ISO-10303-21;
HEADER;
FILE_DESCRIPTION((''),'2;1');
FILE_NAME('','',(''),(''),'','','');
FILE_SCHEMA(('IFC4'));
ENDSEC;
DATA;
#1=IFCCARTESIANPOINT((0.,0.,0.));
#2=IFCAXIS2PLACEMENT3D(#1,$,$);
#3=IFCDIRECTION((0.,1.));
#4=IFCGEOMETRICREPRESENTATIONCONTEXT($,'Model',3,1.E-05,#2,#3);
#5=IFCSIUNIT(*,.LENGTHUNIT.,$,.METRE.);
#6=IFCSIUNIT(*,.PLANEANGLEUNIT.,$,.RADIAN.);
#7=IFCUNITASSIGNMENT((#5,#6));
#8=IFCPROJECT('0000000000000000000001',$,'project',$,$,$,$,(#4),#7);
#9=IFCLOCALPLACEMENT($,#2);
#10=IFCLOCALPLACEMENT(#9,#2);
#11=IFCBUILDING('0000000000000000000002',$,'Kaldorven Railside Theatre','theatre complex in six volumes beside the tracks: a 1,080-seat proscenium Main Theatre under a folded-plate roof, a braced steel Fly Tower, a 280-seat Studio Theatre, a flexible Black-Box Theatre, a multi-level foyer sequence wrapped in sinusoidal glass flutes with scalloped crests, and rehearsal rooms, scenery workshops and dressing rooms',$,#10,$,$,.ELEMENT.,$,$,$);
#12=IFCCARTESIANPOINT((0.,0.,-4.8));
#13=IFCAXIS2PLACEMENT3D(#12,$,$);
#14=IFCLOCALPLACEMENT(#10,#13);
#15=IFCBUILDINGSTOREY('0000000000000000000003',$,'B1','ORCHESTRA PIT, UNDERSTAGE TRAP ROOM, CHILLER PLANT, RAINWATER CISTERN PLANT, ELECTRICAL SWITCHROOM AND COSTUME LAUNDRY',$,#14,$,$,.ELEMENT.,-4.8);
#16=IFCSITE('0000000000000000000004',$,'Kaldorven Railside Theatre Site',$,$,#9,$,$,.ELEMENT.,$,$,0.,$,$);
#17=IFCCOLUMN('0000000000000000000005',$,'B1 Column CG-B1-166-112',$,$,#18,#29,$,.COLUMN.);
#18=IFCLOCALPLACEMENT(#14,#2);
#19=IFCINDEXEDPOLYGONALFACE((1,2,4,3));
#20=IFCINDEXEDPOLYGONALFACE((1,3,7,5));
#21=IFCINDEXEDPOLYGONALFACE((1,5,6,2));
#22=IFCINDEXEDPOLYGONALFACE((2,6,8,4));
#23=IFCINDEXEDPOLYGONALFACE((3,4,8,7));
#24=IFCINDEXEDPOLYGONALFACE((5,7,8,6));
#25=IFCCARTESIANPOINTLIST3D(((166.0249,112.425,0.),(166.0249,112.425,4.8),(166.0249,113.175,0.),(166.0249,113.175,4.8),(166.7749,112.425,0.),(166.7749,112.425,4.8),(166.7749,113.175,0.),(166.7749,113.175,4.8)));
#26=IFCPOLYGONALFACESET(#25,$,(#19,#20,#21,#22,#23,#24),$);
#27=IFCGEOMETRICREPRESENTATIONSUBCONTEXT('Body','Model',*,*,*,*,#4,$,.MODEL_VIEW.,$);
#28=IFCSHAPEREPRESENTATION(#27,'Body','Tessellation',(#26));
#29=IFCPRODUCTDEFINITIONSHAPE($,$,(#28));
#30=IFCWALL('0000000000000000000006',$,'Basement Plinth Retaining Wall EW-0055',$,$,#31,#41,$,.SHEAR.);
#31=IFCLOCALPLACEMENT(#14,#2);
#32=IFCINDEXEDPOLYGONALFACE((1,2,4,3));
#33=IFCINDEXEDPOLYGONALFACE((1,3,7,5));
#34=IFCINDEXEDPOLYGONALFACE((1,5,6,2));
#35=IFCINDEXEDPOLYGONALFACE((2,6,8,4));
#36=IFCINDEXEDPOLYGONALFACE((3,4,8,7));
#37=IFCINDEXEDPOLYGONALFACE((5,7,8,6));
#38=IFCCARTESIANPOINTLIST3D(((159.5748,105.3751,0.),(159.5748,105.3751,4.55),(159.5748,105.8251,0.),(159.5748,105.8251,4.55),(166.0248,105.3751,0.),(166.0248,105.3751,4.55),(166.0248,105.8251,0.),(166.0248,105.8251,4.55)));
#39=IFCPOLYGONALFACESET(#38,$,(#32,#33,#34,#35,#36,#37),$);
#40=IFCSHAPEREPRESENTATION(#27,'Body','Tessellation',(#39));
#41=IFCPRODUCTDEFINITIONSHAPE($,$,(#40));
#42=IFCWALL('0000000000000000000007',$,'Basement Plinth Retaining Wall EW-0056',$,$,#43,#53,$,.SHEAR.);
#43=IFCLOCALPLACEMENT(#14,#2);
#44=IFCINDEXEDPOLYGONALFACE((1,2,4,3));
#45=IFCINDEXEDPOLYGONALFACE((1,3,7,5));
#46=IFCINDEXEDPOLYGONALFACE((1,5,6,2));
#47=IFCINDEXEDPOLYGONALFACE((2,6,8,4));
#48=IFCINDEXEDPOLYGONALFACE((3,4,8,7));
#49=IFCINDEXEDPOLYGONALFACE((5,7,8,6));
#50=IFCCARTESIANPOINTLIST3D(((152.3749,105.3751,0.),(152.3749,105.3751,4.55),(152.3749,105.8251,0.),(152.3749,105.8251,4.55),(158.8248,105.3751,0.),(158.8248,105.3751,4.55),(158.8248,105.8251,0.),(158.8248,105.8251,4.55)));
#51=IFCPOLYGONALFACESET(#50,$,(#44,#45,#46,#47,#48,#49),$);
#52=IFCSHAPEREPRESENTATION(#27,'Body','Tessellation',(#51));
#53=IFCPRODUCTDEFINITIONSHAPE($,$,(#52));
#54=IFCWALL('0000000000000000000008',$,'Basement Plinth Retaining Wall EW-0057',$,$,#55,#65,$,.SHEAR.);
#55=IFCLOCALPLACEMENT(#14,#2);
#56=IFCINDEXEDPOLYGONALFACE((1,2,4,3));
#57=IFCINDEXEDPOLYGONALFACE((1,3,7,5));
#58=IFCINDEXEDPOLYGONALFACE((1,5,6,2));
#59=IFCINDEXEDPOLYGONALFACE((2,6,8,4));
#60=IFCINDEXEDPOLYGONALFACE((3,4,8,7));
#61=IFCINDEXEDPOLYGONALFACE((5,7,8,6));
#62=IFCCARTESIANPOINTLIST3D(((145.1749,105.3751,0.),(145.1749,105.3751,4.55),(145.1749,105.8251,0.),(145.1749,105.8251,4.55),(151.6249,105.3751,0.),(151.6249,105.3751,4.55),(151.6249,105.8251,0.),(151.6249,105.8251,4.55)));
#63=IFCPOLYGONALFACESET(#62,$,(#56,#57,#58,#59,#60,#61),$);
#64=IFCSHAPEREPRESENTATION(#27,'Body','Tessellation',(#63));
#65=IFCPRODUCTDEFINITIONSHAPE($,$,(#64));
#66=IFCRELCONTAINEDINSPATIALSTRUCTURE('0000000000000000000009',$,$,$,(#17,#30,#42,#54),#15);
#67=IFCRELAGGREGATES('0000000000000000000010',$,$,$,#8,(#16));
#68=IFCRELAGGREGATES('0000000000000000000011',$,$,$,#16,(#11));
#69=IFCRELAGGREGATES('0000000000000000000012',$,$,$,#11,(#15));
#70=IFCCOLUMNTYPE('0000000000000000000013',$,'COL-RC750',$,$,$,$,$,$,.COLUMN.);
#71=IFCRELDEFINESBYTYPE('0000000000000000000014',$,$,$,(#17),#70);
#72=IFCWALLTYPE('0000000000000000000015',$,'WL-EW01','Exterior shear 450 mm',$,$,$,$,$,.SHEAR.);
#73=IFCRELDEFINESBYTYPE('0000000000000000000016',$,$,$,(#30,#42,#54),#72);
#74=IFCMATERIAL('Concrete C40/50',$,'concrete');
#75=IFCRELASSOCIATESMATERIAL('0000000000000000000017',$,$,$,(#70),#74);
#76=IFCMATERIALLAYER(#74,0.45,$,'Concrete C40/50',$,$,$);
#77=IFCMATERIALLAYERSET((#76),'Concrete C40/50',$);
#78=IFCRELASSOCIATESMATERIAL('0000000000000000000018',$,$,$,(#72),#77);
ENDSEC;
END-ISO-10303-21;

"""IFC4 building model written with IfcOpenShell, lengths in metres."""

from ifc_helpers import new_model, si_unit, direction, frame, frame_2d, origin, origin_2d, place, context, subcontext, project, spatial, rectangle, extrude, material, layer, layer_set, material_profile, profile_set, type_object, element, save


model = new_model("IFC4")

# Units and contexts
model_context = context("Model", 3, precision=1e-05, world=origin(), true_north=direction((0.0, 1.0)))
body_context = subcontext(model_context, "Body", "Model", "MODEL_VIEW")
ifc_project = project(units=[si_unit("LENGTHUNIT", "METRE"), si_unit("PLANEANGLEUNIT", "RADIAN")], contexts=[model_context])

# Site, building, storey
site_placement = place(None, origin())
site = spatial("IfcSite", under=ifc_project, at=site_placement, Name="Kaldorven Railside Theatre Site", CompositionType="ELEMENT", RefElevation=0.0)
building_placement = place(site_placement, origin())
building = spatial("IfcBuilding", under=site, at=building_placement, Name="Kaldorven Railside Theatre", Description="theatre complex in six volumes beside the tracks: a 1,080-seat proscenium Main Theatre under a folded-plate roof, a braced steel Fly Tower, a 280-seat Studio Theatre, a flexible Black-Box Theatre, a multi-level foyer sequence wrapped in sinusoidal glass flutes with scalloped crests, and rehearsal rooms, scenery workshops and dressing rooms", CompositionType="ELEMENT")
storey_placement = place(building_placement, frame((0.0, 0.0, -4.8)))
storey = spatial("IfcBuildingStorey", under=building, at=storey_placement, Name="B1", Description="ORCHESTRA PIT, UNDERSTAGE TRAP ROOM, CHILLER PLANT, RAINWATER CISTERN PLANT, ELECTRICAL SWITCHROOM AND COSTUME LAUNDRY", CompositionType="ELEMENT", Elevation=-4.8)

# Shared definitions
ifc_material_1 = material(Name="Concrete C40/50", Category="concrete")

# Column
ifc_material_profile_1 = material_profile(ifc_material_1, rectangle(XDim=0.75, YDim=0.75, at=origin_2d()), Name="RC 750x750")
ifc_profile_set_1 = profile_set([ifc_material_profile_1], Name="Concrete C40/50")
column_type_1 = type_object("IfcColumnType", Name="COL-RC750", PredefinedType="COLUMN", material=ifc_profile_set_1)
for number, where, z_axis, x_axis, name in (
    (1, (166.3999, 112.8, 0.0), (0.0, 0.0, 1.0), (0.0, 1.0, 0.0), "B1 Column CG-B1-166-112"),
):
    element("IfcColumn", number, at=place(storey_placement, frame(where, z_axis=z_axis, x_axis=x_axis)), inside=storey, type_object=column_type_1, Name=name, PredefinedType="COLUMN", context=body_context, shape_type="SweptSolid", body=[
        extrude(rectangle(XDim=0.75, YDim=0.75, at=origin_2d()), origin(), (0.0, 0.0, 1.0), 4.8),
    ])

# Walls
ifc_layer = layer(ifc_material_1, 0.45, Name="Concrete C40/50")
ifc_layer_set = layer_set([ifc_layer], Name="Concrete C40/50")
wall_type = type_object("IfcWallType", Name="WL-EW01", Description="Exterior shear 450 mm", PredefinedType="SHEAR", material=ifc_layer_set)
for number, where, z_axis, x_axis, name in (
    (2, (166.0249, 105.6001, 0.0), (0.0, 0.0, 1.0), (-1.0, 0.0, 0.0), "Basement Plinth Retaining Wall EW-0055"),
    (3, (158.825, 105.6001, 0.0), (0.0, 0.0, 1.0), (-1.0, 0.0, 0.0), "Basement Plinth Retaining Wall EW-0056"),
    (4, (151.625, 105.6001, 0.0), (0.0, 0.0, 1.0), (-1.0, 0.0, 0.0), "Basement Plinth Retaining Wall EW-0057"),
):
    element("IfcWall", number, at=place(storey_placement, frame(where, z_axis=z_axis, x_axis=x_axis)), inside=storey, type_object=wall_type, Name=name, PredefinedType="SHEAR", context=body_context, shape_type="SweptSolid", body=[
        extrude(rectangle(XDim=6.45, YDim=0.45, at=frame_2d((3.2251, 0.0))), origin(), (0.0, 0.0, 1.0), 4.55),
    ])

save(model, "model.ifc")
